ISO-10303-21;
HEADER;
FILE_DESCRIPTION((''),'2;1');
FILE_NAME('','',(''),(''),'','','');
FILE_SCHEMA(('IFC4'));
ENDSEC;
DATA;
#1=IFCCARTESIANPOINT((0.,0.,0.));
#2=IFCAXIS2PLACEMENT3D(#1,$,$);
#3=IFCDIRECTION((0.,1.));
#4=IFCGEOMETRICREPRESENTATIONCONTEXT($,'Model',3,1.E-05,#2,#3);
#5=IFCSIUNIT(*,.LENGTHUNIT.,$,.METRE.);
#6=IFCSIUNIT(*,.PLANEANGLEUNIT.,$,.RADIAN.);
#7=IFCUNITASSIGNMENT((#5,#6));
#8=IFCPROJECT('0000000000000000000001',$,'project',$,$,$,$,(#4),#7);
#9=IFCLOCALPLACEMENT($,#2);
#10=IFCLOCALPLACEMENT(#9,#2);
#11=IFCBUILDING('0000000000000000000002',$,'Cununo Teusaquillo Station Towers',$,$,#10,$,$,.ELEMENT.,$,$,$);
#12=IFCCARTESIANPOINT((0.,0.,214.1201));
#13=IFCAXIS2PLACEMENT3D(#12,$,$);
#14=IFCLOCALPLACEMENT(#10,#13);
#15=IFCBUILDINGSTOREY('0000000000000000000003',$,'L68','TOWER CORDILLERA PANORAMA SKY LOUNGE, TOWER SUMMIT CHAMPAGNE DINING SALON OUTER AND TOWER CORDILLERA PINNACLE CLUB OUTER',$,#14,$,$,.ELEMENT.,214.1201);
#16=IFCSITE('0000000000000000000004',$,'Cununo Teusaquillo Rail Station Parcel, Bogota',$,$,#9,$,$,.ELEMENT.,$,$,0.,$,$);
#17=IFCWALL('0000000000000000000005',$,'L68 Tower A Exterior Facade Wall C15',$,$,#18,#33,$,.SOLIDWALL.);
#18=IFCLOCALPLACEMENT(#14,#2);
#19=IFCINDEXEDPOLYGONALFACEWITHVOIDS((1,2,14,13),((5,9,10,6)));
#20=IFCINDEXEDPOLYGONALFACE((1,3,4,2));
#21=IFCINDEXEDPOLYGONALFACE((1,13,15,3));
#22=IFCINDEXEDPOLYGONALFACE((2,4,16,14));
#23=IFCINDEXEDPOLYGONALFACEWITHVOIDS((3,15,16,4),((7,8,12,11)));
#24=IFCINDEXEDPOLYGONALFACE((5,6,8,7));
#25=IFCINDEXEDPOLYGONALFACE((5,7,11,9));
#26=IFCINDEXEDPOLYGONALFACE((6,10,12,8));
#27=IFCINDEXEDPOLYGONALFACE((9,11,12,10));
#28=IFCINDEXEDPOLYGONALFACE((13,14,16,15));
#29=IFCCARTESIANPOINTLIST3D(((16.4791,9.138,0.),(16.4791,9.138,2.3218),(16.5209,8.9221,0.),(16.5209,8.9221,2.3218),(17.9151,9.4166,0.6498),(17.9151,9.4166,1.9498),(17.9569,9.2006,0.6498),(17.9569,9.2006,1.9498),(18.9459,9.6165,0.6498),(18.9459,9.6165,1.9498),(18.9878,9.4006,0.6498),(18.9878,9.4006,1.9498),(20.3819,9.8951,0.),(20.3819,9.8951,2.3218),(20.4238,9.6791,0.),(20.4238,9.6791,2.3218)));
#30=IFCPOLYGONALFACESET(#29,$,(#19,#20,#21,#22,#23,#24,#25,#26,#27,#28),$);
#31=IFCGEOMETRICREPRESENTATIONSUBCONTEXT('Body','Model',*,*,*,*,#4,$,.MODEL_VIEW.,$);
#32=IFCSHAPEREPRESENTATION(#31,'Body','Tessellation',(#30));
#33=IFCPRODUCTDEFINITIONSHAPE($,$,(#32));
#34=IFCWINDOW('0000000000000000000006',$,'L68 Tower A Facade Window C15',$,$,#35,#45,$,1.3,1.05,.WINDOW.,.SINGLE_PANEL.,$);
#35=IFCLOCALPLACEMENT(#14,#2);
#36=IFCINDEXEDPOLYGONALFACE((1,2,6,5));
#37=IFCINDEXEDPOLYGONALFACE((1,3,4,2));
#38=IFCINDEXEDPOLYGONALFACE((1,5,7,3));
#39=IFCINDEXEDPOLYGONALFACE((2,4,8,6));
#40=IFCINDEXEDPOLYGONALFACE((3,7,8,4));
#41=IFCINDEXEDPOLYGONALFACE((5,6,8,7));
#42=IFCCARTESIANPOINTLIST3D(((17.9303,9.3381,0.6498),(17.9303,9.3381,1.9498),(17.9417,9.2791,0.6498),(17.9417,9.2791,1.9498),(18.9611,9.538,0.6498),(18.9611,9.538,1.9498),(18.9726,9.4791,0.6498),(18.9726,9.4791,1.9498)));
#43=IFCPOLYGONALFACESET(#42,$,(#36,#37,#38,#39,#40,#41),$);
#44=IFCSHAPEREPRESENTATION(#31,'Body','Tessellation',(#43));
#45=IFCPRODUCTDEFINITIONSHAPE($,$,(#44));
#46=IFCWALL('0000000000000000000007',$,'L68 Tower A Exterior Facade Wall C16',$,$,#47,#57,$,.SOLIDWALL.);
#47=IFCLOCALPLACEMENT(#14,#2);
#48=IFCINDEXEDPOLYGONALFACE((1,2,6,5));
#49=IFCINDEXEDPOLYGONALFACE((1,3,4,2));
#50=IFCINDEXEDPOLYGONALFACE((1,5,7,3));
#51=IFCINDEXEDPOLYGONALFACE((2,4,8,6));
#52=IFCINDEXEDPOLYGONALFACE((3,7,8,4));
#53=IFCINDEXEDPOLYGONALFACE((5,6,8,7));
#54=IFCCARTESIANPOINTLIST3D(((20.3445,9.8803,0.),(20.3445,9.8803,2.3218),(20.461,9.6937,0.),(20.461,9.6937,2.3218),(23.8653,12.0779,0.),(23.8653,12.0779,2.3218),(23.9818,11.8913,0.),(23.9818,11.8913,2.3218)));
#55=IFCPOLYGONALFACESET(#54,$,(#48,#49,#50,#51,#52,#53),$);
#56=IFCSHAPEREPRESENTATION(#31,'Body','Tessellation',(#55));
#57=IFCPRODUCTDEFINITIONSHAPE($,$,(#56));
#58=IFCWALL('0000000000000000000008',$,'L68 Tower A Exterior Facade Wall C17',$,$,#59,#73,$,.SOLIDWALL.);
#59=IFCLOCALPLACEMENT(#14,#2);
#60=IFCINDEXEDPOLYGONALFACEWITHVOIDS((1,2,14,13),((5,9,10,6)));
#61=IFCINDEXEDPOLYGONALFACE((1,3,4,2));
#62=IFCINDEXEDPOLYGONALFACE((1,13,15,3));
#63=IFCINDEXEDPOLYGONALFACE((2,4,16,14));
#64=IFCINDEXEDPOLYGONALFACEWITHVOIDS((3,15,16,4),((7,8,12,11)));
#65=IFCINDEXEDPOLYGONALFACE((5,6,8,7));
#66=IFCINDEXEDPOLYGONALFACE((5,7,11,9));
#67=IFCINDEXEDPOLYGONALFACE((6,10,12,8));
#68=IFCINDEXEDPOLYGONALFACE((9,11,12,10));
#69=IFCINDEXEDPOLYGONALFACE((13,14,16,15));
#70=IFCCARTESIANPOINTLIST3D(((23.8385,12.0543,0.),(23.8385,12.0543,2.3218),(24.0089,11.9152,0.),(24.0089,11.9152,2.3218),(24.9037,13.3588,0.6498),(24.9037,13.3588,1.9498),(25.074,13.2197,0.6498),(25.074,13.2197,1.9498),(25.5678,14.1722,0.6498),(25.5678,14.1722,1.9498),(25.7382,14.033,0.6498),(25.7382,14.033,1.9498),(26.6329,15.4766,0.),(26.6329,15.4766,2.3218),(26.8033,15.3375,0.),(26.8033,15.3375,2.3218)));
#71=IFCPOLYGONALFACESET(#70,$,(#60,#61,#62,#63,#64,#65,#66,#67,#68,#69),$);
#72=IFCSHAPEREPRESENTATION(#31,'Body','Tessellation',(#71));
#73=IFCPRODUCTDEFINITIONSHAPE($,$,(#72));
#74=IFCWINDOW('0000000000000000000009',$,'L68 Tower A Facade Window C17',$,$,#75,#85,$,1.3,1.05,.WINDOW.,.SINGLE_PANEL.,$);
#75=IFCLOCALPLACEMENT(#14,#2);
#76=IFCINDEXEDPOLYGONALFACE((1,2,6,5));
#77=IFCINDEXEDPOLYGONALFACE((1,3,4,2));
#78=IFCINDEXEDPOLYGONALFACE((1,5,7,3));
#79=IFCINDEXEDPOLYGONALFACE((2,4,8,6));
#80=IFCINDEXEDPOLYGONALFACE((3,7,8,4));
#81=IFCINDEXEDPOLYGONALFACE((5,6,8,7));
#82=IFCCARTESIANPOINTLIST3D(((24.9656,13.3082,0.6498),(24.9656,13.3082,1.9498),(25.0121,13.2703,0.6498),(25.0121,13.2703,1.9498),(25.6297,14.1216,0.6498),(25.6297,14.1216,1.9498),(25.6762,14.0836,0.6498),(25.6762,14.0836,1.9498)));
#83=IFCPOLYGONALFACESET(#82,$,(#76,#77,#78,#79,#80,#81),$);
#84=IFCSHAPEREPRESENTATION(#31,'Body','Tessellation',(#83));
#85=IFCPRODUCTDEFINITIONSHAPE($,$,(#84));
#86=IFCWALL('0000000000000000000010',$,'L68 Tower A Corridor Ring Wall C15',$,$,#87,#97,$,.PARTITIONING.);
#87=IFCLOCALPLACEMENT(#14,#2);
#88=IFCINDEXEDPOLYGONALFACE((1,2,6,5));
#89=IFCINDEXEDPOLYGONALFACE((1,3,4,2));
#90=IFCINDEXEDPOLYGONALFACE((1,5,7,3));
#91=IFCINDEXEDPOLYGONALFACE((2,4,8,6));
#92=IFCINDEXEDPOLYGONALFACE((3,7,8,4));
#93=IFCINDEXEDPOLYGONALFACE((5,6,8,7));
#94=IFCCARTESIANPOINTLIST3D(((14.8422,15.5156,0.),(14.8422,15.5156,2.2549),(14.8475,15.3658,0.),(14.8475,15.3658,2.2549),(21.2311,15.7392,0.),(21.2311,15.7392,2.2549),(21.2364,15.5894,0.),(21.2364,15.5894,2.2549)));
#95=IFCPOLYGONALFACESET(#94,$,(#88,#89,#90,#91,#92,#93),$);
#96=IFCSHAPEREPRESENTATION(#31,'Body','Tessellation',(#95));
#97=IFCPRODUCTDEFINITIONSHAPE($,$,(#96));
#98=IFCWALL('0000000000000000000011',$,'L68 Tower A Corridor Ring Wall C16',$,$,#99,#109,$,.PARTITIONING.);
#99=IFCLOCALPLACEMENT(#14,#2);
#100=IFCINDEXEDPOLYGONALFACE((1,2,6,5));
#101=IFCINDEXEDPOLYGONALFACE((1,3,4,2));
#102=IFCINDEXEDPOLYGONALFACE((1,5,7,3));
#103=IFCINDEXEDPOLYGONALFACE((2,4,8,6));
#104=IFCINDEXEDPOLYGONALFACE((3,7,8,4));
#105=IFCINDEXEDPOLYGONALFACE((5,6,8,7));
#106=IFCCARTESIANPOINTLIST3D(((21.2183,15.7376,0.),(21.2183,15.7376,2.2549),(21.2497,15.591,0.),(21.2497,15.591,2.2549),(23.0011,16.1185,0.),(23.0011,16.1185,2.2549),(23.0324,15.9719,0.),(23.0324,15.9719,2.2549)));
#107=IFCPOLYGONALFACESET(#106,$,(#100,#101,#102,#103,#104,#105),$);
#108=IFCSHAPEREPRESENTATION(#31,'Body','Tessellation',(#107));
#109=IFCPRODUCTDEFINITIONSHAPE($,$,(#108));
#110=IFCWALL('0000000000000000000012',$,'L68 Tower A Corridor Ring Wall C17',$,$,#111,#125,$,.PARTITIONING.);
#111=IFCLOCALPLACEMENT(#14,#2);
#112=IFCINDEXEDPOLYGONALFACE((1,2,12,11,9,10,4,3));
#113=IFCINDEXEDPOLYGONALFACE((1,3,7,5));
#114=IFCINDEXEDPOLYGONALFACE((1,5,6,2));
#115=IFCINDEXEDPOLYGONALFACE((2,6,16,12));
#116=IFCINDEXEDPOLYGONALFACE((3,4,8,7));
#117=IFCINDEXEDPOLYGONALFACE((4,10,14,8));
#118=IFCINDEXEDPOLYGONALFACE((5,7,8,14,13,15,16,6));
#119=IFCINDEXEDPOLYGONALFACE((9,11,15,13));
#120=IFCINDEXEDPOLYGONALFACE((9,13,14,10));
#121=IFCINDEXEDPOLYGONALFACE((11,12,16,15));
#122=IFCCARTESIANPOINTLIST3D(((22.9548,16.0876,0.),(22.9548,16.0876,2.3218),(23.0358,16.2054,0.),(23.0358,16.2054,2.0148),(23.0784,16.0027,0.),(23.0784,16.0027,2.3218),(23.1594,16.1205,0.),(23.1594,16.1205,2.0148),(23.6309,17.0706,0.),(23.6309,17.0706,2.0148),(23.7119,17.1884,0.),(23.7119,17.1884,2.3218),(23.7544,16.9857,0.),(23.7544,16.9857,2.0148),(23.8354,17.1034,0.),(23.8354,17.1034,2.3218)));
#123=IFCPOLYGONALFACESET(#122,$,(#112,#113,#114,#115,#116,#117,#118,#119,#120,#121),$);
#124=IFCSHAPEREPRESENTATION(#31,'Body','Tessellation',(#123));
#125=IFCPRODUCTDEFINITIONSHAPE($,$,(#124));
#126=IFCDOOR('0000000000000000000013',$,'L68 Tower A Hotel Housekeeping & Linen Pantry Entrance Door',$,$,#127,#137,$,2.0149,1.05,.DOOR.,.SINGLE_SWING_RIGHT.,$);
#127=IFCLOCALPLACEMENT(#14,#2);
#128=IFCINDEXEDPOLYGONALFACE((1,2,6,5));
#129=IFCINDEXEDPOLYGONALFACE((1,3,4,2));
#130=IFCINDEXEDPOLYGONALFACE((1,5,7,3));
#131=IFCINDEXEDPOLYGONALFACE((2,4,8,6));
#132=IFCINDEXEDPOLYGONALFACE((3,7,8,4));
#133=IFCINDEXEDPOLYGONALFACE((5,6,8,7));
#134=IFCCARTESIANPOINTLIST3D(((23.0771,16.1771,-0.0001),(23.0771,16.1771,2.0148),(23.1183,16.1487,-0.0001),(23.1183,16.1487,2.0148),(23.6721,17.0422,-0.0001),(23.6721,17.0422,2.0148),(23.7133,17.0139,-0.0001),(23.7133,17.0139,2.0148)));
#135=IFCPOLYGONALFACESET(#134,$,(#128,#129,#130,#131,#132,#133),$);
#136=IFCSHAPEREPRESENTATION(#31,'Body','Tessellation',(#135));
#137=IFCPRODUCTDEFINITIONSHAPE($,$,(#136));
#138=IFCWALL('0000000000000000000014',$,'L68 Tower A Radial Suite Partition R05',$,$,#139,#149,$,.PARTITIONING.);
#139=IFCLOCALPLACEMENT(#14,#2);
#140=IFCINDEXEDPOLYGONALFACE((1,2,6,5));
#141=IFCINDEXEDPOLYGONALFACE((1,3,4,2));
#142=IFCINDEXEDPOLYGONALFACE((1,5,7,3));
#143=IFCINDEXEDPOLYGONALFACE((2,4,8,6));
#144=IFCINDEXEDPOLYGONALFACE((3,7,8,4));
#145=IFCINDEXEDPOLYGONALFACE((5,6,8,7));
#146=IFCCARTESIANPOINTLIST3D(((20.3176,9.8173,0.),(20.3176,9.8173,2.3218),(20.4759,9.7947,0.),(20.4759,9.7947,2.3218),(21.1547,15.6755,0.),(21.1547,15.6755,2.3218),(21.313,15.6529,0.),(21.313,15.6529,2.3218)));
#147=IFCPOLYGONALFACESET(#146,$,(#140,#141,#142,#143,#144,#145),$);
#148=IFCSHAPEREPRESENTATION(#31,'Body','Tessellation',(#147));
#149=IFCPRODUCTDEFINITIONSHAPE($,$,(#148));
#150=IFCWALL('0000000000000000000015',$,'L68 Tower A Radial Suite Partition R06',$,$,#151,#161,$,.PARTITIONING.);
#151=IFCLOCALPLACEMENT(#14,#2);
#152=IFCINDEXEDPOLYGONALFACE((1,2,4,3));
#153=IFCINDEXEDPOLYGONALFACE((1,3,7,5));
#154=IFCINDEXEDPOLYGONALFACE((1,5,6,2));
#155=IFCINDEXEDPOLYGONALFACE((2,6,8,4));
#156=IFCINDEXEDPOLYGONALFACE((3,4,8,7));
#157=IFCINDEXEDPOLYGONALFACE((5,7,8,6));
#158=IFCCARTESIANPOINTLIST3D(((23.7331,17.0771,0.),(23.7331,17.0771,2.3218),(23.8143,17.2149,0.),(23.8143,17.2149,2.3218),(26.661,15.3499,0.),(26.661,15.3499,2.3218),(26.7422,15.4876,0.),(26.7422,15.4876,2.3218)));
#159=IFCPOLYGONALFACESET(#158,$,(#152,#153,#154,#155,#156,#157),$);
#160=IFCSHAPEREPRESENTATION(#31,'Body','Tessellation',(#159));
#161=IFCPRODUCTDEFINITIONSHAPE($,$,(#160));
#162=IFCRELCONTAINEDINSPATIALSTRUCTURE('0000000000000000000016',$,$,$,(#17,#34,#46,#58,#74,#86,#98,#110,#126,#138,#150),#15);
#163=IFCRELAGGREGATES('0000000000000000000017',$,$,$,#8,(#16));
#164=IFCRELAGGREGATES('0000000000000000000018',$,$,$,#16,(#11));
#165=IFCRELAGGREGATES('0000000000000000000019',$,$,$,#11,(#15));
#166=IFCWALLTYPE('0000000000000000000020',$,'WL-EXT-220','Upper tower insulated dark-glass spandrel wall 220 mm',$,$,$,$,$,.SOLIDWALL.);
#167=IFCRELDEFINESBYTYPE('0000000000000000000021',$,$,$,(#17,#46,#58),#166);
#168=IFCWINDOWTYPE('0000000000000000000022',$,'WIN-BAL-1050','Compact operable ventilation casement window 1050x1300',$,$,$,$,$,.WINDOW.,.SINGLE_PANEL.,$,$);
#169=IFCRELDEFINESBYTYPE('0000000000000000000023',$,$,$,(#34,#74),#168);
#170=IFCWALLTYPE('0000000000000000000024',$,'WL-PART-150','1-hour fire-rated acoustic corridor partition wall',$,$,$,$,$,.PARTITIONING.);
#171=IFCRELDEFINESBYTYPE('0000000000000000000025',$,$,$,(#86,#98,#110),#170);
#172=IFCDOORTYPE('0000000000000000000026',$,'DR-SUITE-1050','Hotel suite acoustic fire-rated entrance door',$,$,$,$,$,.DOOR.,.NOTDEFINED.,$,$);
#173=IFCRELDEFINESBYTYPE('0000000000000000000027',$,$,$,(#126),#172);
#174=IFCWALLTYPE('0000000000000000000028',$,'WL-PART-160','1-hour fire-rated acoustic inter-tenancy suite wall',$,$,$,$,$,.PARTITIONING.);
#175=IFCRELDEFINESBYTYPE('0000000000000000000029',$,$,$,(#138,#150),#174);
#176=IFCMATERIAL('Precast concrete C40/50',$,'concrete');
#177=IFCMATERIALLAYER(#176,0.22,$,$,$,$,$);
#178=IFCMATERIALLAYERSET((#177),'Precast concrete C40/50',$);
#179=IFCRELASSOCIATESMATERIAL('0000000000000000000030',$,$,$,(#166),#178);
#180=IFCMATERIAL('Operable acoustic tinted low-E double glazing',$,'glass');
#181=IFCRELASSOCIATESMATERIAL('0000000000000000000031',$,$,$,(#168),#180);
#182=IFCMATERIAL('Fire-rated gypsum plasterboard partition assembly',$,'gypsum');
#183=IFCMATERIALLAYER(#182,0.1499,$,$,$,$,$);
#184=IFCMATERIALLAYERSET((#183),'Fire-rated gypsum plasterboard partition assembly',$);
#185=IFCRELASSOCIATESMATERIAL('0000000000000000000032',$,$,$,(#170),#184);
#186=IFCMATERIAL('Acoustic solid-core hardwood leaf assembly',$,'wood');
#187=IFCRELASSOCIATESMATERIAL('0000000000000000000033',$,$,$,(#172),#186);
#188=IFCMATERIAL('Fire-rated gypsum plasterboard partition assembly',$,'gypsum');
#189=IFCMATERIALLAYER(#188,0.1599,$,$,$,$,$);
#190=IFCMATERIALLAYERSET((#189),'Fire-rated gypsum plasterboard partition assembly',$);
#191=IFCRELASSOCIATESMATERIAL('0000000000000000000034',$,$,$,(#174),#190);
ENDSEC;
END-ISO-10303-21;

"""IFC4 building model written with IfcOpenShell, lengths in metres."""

from ifc_helpers import new_model, si_unit, direction, frame, frame_2d, origin, place, context, subcontext, project, spatial, rectangle, extrude, source, transform, mapped, material, layer, layer_set, type_object, element, fill, save


model = new_model("IFC4")

# Units and contexts
model_context = context("Model", 3, precision=1e-05, world=origin(), true_north=direction((0.0, 1.0)))
body_context = subcontext(model_context, "Body", "Model", "MODEL_VIEW")
ifc_project = project(units=[si_unit("LENGTHUNIT", "METRE"), si_unit("PLANEANGLEUNIT", "RADIAN")], contexts=[model_context])

# Site, building, storey
site_placement = place(None, origin())
site = spatial("IfcSite", under=ifc_project, at=site_placement, Name="Cununo Teusaquillo Rail Station Parcel, Bogota", CompositionType="ELEMENT", RefElevation=0.0)
building_placement = place(site_placement, origin())
building = spatial("IfcBuilding", under=site, at=building_placement, Name="Cununo Teusaquillo Station Towers", CompositionType="ELEMENT")
storey_placement = place(building_placement, frame((0.0, 0.0, 214.1201)))
storey = spatial("IfcBuildingStorey", under=building, at=storey_placement, Name="L68", Description="TOWER CORDILLERA PANORAMA SKY LOUNGE, TOWER SUMMIT CHAMPAGNE DINING SALON OUTER AND TOWER CORDILLERA PINNACLE CLUB OUTER", CompositionType="ELEMENT", Elevation=214.1201)

# Shared definitions
ifc_material_1 = material(Name="Precast concrete C40/50", Category="concrete")
ifc_layer_1 = layer(ifc_material_1, 0.22)
ifc_layer_set_1 = layer_set([ifc_layer_1], Name="Precast concrete C40/50")
wall_type_1 = type_object("IfcWallType", Name="WL-EXT-220", Description="Upper tower insulated dark-glass spandrel wall 220 mm", PredefinedType="SOLIDWALL", material=ifc_layer_set_1)

# Wall, opening, window
wall_1_placement = place(storey_placement, frame((20.4028, 9.7871, 0.0), z_axis=(0.0, 0.0, 1.0), x_axis=(-0.9817, -0.190432, 0.0)))
wall_1 = element("IfcWall", 1, at=wall_1_placement, inside=storey, type_object=wall_type_1, Name="L68 Tower A Exterior Facade Wall C15", PredefinedType="SOLIDWALL", context=body_context, shape_type="SweptSolid", body=[
    extrude(rectangle(XDim=3.9756, YDim=0.22, at=frame_2d((1.9878, 0.0))), origin(), (0.0, 0.0, 1.0), 2.3218),
])
shared_shape_1 = source(origin(), body_context, "Body", "SweptSolid", [
    extrude(rectangle(XDim=1.05, YDim=1.3, at=frame_2d((0.5249, 0.6499))), frame((0.0, 0.1199, 0.0), z_axis=(0.0, -1.0, 0.0), x_axis=(1.0, 0.0, 0.0)), (0.0, 0.0, 1.0), 0.24),
])
opening_1_placement = place(wall_1_placement, frame((1.4629, 0.0, 0.6499)))
opening_1 = element("IfcOpeningElement", 2, at=opening_1_placement, cuts=wall_1, PredefinedType="OPENING", context=body_context, shape_type="MappedRepresentation", body=[
    mapped(shared_shape_1, transform((0.0, 0.0, 0.0), x_axis=(1.0, 0.0, 0.0), y_axis=(0.0, 1.0, 0.0), z_axis=(0.0, 0.0, 1.0), scale=1.0)),
])
ifc_material_2 = material(Name="Operable acoustic tinted low-E double glazing", Category="glass")
window_type = type_object("IfcWindowType", Name="WIN-BAL-1050", Description="Compact operable ventilation casement window 1050x1300", PartitioningType="SINGLE_PANEL", PredefinedType="WINDOW", material=ifc_material_2)
shared_shape_2 = source(origin(), body_context, "Body", "SweptSolid", [
    extrude(rectangle(XDim=1.05, YDim=1.3, at=frame_2d((0.5249, 0.6499))), frame((0.0, 0.03, 0.0), z_axis=(0.0, -1.0, 0.0), x_axis=(1.0, 0.0, 0.0)), (0.0, 0.0, 1.0), 0.0601),
])
window_1_placement = place(opening_1_placement, origin())
window_1 = element("IfcWindow", 3, at=window_1_placement, inside=storey, type_object=window_type, Name="L68 Tower A Facade Window C15", OverallHeight=1.3, OverallWidth=1.05, PartitioningType="SINGLE_PANEL", PredefinedType="WINDOW", context=body_context, shape_type="MappedRepresentation", body=[
    mapped(shared_shape_2, transform((0.0, 0.0, 0.0), x_axis=(1.0, 0.0, 0.0), y_axis=(0.0, 1.0, 0.0), z_axis=(0.0, 0.0, 1.0), scale=1.0)),
])
fill(opening_1, window_1)

# Wall
wall_2_placement = place(storey_placement, frame((23.9236, 11.9846, 0.0), z_axis=(0.0, 0.0, 1.0), x_axis=(-0.848319, -0.529486, 0.0)))
element("IfcWall", 4, at=wall_2_placement, inside=storey, type_object=wall_type_1, Name="L68 Tower A Exterior Facade Wall C16", PredefinedType="SOLIDWALL", context=body_context, shape_type="SweptSolid", body=[
    extrude(rectangle(XDim=4.1504, YDim=0.22, at=frame_2d((2.0752, 0.0))), origin(), (0.0, 0.0, 1.0), 2.3218),
])

# Wall, opening, window
wall_3_placement = place(storey_placement, frame((26.718, 15.407, 0.0), z_axis=(0.0, 0.0, 1.0), x_axis=(-0.632467, -0.774587, 0.0)))
wall_3 = element("IfcWall", 5, at=wall_3_placement, inside=storey, type_object=wall_type_1, Name="L68 Tower A Exterior Facade Wall C17", PredefinedType="SOLIDWALL", context=body_context, shape_type="SweptSolid", body=[
    extrude(rectangle(XDim=4.4182, YDim=0.22, at=frame_2d((2.209, 0.0))), origin(), (0.0, 0.0, 1.0), 2.3218),
])
opening_2_placement = place(wall_3_placement, frame((1.6841, 0.0, 0.6499)))
opening_2 = element("IfcOpeningElement", 6, at=opening_2_placement, cuts=wall_3, PredefinedType="OPENING", context=body_context, shape_type="MappedRepresentation", body=[
    mapped(shared_shape_1, transform((0.0, 0.0, 0.0), x_axis=(1.0, 0.0, 0.0), y_axis=(0.0, 1.0, 0.0), z_axis=(0.0, 0.0, 1.0), scale=1.0)),
])
window_2_placement = place(opening_2_placement, origin())
window_2 = element("IfcWindow", 7, at=window_2_placement, inside=storey, type_object=window_type, Name="L68 Tower A Facade Window C17", OverallHeight=1.3, OverallWidth=1.05, PartitioningType="SINGLE_PANEL", PredefinedType="WINDOW", context=body_context, shape_type="MappedRepresentation", body=[
    mapped(shared_shape_2, transform((0.0, 0.0, 0.0), x_axis=(1.0, 0.0, 0.0), y_axis=(0.0, 1.0, 0.0), z_axis=(0.0, 0.0, 1.0), scale=1.0)),
])
fill(opening_2, window_2)

# Walls
ifc_material_3 = material(Name="Fire-rated gypsum plasterboard partition assembly", Category="gypsum")
ifc_layer_2 = layer(ifc_material_3, 0.1499)
ifc_layer_set_2 = layer_set([ifc_layer_2], Name="Fire-rated gypsum plasterboard partition assembly")
wall_type_2 = type_object("IfcWallType", Name="WL-PART-150", Description="1-hour fire-rated acoustic corridor partition wall", PredefinedType="PARTITIONING", material=ifc_layer_set_2)
wall_4_placement = place(storey_placement, frame((14.845, 15.4407, 0.0), z_axis=(0.0, 0.0, 1.0), x_axis=(0.999388, 0.034982, 0.0)))
element("IfcWall", 8, at=wall_4_placement, inside=storey, type_object=wall_type_2, Name="L68 Tower A Corridor Ring Wall C15", PredefinedType="PARTITIONING", context=body_context, shape_type="SweptSolid", body=[
    extrude(rectangle(XDim=6.3928, YDim=0.1499, at=frame_2d((3.1963, 0.0))), origin(), (0.0, 0.0, 1.0), 2.2549),
])
wall_5_placement = place(storey_placement, frame((21.2339, 15.6643, 0.0), z_axis=(0.0, 0.0, 1.0), x_axis=(0.977932, 0.208925, 0.0)))
element("IfcWall", 9, at=wall_5_placement, inside=storey, type_object=wall_type_2, Name="L68 Tower A Corridor Ring Wall C16", PredefinedType="PARTITIONING", context=body_context, shape_type="SweptSolid", body=[
    extrude(rectangle(XDim=1.823, YDim=0.1499, at=frame_2d((0.9116, 0.0))), origin(), (0.0, 0.0, 1.0), 2.2549),
])

# Wall, opening, door
wall_6_placement = place(storey_placement, frame((23.0166, 16.0452, 0.0), z_axis=(0.0, 0.0, 1.0), x_axis=(0.566661, 0.823951, 0.0)))
wall_6 = element("IfcWall", 10, at=wall_6_placement, inside=storey, type_object=wall_type_2, Name="L68 Tower A Corridor Ring Wall C17", PredefinedType="PARTITIONING", context=body_context, shape_type="SweptSolid", body=[
    extrude(rectangle(XDim=1.3359, YDim=0.1499, at=frame_2d((0.668, 0.0))), origin(), (0.0, 0.0, 1.0), 2.3218),
])
shared_shape_3 = source(origin(), body_context, "Body", "SweptSolid", [
    extrude(rectangle(XDim=1.05, YDim=2.0149, at=frame_2d((0.5249, 1.0073))), frame((0.0, 0.085, 0.0), z_axis=(0.0, -1.0, 0.0), x_axis=(1.0, 0.0, 0.0)), (0.0, 0.0, 1.0), 0.1699),
])
opening_3_placement = place(wall_6_placement, frame((0.1431, 0.0, 0.0)))
opening_3 = element("IfcOpeningElement", 11, at=opening_3_placement, cuts=wall_6, PredefinedType="OPENING", context=body_context, shape_type="MappedRepresentation", body=[
    mapped(shared_shape_3, transform((0.0, 0.0, 0.0), x_axis=(1.0, 0.0, 0.0), y_axis=(0.0, 1.0, 0.0), z_axis=(0.0, 0.0, 1.0), scale=1.0)),
])
ifc_material_4 = material(Name="Acoustic solid-core hardwood leaf assembly", Category="wood")
door_type_1 = type_object("IfcDoorType", Name="DR-SUITE-1050", Description="Hotel suite acoustic fire-rated entrance door", OperationType="NOTDEFINED", PredefinedType="DOOR", material=ifc_material_4)
shared_shape_4 = source(origin(), body_context, "Body", "SweptSolid", [
    extrude(rectangle(XDim=1.05, YDim=2.0149, at=frame_2d((0.5249, 1.0073))), frame((0.0, 0.0249, 0.0), z_axis=(0.0, -1.0, 0.0), x_axis=(1.0, 0.0, 0.0)), (0.0, 0.0, 1.0), 0.05),
])
door_1_placement = place(opening_3_placement, origin())
door_1 = element("IfcDoor", 12, at=door_1_placement, inside=storey, type_object=door_type_1, Name="L68 Tower A Hotel Housekeeping & Linen Pantry Entrance Door", OperationType="SINGLE_SWING_RIGHT", OverallHeight=2.0149, OverallWidth=1.05, PredefinedType="DOOR", context=body_context, shape_type="MappedRepresentation", body=[
    mapped(shared_shape_4, transform((0.0, 0.0, 0.0), x_axis=(1.0, 0.0, 0.0), y_axis=(0.0, 1.0, 0.0), z_axis=(0.0, 0.0, 1.0), scale=1.0)),
])
fill(opening_3, door_1)

# Walls
ifc_material_5 = material(Name="Fire-rated gypsum plasterboard partition assembly", Category="gypsum")
ifc_layer_3 = layer(ifc_material_5, 0.1599)
ifc_layer_set_3 = layer_set([ifc_layer_3], Name="Fire-rated gypsum plasterboard partition assembly")
wall_type_3 = type_object("IfcWallType", Name="WL-PART-160", Description="1-hour fire-rated acoustic inter-tenancy suite wall", PredefinedType="PARTITIONING", material=ifc_layer_set_3)
wall_7_placement = place(storey_placement, frame((21.2339, 15.6643, 0.0), z_axis=(0.0, 0.0, 1.0), x_axis=(-0.141468, -0.989943, 0.0)))
element("IfcWall", 13, at=wall_7_placement, inside=storey, type_object=wall_type_3, Name="L68 Tower A Radial Suite Partition R05", PredefinedType="PARTITIONING", context=body_context, shape_type="SweptSolid", body=[
    extrude(rectangle(XDim=5.9177, YDim=0.1599, at=frame_2d((2.959, 0.0))), origin(), (0.0, 0.0, 1.0), 2.3218),
])
wall_8_placement = place(storey_placement, frame((23.7737, 17.146, 0.0), z_axis=(0.0, 0.0, 1.0), x_axis=(0.861297, -0.508103, 0.0)))
element("IfcWall", 14, at=wall_8_placement, inside=storey, type_object=wall_type_3, Name="L68 Tower A Radial Suite Partition R06", PredefinedType="PARTITIONING", context=body_context, shape_type="SweptSolid", body=[
    extrude(rectangle(XDim=3.3994, YDim=0.1599, at=frame_2d((1.6997, 0.0))), origin(), (0.0, 0.0, 1.0), 2.3218),
])

save(model, "model.ifc")
